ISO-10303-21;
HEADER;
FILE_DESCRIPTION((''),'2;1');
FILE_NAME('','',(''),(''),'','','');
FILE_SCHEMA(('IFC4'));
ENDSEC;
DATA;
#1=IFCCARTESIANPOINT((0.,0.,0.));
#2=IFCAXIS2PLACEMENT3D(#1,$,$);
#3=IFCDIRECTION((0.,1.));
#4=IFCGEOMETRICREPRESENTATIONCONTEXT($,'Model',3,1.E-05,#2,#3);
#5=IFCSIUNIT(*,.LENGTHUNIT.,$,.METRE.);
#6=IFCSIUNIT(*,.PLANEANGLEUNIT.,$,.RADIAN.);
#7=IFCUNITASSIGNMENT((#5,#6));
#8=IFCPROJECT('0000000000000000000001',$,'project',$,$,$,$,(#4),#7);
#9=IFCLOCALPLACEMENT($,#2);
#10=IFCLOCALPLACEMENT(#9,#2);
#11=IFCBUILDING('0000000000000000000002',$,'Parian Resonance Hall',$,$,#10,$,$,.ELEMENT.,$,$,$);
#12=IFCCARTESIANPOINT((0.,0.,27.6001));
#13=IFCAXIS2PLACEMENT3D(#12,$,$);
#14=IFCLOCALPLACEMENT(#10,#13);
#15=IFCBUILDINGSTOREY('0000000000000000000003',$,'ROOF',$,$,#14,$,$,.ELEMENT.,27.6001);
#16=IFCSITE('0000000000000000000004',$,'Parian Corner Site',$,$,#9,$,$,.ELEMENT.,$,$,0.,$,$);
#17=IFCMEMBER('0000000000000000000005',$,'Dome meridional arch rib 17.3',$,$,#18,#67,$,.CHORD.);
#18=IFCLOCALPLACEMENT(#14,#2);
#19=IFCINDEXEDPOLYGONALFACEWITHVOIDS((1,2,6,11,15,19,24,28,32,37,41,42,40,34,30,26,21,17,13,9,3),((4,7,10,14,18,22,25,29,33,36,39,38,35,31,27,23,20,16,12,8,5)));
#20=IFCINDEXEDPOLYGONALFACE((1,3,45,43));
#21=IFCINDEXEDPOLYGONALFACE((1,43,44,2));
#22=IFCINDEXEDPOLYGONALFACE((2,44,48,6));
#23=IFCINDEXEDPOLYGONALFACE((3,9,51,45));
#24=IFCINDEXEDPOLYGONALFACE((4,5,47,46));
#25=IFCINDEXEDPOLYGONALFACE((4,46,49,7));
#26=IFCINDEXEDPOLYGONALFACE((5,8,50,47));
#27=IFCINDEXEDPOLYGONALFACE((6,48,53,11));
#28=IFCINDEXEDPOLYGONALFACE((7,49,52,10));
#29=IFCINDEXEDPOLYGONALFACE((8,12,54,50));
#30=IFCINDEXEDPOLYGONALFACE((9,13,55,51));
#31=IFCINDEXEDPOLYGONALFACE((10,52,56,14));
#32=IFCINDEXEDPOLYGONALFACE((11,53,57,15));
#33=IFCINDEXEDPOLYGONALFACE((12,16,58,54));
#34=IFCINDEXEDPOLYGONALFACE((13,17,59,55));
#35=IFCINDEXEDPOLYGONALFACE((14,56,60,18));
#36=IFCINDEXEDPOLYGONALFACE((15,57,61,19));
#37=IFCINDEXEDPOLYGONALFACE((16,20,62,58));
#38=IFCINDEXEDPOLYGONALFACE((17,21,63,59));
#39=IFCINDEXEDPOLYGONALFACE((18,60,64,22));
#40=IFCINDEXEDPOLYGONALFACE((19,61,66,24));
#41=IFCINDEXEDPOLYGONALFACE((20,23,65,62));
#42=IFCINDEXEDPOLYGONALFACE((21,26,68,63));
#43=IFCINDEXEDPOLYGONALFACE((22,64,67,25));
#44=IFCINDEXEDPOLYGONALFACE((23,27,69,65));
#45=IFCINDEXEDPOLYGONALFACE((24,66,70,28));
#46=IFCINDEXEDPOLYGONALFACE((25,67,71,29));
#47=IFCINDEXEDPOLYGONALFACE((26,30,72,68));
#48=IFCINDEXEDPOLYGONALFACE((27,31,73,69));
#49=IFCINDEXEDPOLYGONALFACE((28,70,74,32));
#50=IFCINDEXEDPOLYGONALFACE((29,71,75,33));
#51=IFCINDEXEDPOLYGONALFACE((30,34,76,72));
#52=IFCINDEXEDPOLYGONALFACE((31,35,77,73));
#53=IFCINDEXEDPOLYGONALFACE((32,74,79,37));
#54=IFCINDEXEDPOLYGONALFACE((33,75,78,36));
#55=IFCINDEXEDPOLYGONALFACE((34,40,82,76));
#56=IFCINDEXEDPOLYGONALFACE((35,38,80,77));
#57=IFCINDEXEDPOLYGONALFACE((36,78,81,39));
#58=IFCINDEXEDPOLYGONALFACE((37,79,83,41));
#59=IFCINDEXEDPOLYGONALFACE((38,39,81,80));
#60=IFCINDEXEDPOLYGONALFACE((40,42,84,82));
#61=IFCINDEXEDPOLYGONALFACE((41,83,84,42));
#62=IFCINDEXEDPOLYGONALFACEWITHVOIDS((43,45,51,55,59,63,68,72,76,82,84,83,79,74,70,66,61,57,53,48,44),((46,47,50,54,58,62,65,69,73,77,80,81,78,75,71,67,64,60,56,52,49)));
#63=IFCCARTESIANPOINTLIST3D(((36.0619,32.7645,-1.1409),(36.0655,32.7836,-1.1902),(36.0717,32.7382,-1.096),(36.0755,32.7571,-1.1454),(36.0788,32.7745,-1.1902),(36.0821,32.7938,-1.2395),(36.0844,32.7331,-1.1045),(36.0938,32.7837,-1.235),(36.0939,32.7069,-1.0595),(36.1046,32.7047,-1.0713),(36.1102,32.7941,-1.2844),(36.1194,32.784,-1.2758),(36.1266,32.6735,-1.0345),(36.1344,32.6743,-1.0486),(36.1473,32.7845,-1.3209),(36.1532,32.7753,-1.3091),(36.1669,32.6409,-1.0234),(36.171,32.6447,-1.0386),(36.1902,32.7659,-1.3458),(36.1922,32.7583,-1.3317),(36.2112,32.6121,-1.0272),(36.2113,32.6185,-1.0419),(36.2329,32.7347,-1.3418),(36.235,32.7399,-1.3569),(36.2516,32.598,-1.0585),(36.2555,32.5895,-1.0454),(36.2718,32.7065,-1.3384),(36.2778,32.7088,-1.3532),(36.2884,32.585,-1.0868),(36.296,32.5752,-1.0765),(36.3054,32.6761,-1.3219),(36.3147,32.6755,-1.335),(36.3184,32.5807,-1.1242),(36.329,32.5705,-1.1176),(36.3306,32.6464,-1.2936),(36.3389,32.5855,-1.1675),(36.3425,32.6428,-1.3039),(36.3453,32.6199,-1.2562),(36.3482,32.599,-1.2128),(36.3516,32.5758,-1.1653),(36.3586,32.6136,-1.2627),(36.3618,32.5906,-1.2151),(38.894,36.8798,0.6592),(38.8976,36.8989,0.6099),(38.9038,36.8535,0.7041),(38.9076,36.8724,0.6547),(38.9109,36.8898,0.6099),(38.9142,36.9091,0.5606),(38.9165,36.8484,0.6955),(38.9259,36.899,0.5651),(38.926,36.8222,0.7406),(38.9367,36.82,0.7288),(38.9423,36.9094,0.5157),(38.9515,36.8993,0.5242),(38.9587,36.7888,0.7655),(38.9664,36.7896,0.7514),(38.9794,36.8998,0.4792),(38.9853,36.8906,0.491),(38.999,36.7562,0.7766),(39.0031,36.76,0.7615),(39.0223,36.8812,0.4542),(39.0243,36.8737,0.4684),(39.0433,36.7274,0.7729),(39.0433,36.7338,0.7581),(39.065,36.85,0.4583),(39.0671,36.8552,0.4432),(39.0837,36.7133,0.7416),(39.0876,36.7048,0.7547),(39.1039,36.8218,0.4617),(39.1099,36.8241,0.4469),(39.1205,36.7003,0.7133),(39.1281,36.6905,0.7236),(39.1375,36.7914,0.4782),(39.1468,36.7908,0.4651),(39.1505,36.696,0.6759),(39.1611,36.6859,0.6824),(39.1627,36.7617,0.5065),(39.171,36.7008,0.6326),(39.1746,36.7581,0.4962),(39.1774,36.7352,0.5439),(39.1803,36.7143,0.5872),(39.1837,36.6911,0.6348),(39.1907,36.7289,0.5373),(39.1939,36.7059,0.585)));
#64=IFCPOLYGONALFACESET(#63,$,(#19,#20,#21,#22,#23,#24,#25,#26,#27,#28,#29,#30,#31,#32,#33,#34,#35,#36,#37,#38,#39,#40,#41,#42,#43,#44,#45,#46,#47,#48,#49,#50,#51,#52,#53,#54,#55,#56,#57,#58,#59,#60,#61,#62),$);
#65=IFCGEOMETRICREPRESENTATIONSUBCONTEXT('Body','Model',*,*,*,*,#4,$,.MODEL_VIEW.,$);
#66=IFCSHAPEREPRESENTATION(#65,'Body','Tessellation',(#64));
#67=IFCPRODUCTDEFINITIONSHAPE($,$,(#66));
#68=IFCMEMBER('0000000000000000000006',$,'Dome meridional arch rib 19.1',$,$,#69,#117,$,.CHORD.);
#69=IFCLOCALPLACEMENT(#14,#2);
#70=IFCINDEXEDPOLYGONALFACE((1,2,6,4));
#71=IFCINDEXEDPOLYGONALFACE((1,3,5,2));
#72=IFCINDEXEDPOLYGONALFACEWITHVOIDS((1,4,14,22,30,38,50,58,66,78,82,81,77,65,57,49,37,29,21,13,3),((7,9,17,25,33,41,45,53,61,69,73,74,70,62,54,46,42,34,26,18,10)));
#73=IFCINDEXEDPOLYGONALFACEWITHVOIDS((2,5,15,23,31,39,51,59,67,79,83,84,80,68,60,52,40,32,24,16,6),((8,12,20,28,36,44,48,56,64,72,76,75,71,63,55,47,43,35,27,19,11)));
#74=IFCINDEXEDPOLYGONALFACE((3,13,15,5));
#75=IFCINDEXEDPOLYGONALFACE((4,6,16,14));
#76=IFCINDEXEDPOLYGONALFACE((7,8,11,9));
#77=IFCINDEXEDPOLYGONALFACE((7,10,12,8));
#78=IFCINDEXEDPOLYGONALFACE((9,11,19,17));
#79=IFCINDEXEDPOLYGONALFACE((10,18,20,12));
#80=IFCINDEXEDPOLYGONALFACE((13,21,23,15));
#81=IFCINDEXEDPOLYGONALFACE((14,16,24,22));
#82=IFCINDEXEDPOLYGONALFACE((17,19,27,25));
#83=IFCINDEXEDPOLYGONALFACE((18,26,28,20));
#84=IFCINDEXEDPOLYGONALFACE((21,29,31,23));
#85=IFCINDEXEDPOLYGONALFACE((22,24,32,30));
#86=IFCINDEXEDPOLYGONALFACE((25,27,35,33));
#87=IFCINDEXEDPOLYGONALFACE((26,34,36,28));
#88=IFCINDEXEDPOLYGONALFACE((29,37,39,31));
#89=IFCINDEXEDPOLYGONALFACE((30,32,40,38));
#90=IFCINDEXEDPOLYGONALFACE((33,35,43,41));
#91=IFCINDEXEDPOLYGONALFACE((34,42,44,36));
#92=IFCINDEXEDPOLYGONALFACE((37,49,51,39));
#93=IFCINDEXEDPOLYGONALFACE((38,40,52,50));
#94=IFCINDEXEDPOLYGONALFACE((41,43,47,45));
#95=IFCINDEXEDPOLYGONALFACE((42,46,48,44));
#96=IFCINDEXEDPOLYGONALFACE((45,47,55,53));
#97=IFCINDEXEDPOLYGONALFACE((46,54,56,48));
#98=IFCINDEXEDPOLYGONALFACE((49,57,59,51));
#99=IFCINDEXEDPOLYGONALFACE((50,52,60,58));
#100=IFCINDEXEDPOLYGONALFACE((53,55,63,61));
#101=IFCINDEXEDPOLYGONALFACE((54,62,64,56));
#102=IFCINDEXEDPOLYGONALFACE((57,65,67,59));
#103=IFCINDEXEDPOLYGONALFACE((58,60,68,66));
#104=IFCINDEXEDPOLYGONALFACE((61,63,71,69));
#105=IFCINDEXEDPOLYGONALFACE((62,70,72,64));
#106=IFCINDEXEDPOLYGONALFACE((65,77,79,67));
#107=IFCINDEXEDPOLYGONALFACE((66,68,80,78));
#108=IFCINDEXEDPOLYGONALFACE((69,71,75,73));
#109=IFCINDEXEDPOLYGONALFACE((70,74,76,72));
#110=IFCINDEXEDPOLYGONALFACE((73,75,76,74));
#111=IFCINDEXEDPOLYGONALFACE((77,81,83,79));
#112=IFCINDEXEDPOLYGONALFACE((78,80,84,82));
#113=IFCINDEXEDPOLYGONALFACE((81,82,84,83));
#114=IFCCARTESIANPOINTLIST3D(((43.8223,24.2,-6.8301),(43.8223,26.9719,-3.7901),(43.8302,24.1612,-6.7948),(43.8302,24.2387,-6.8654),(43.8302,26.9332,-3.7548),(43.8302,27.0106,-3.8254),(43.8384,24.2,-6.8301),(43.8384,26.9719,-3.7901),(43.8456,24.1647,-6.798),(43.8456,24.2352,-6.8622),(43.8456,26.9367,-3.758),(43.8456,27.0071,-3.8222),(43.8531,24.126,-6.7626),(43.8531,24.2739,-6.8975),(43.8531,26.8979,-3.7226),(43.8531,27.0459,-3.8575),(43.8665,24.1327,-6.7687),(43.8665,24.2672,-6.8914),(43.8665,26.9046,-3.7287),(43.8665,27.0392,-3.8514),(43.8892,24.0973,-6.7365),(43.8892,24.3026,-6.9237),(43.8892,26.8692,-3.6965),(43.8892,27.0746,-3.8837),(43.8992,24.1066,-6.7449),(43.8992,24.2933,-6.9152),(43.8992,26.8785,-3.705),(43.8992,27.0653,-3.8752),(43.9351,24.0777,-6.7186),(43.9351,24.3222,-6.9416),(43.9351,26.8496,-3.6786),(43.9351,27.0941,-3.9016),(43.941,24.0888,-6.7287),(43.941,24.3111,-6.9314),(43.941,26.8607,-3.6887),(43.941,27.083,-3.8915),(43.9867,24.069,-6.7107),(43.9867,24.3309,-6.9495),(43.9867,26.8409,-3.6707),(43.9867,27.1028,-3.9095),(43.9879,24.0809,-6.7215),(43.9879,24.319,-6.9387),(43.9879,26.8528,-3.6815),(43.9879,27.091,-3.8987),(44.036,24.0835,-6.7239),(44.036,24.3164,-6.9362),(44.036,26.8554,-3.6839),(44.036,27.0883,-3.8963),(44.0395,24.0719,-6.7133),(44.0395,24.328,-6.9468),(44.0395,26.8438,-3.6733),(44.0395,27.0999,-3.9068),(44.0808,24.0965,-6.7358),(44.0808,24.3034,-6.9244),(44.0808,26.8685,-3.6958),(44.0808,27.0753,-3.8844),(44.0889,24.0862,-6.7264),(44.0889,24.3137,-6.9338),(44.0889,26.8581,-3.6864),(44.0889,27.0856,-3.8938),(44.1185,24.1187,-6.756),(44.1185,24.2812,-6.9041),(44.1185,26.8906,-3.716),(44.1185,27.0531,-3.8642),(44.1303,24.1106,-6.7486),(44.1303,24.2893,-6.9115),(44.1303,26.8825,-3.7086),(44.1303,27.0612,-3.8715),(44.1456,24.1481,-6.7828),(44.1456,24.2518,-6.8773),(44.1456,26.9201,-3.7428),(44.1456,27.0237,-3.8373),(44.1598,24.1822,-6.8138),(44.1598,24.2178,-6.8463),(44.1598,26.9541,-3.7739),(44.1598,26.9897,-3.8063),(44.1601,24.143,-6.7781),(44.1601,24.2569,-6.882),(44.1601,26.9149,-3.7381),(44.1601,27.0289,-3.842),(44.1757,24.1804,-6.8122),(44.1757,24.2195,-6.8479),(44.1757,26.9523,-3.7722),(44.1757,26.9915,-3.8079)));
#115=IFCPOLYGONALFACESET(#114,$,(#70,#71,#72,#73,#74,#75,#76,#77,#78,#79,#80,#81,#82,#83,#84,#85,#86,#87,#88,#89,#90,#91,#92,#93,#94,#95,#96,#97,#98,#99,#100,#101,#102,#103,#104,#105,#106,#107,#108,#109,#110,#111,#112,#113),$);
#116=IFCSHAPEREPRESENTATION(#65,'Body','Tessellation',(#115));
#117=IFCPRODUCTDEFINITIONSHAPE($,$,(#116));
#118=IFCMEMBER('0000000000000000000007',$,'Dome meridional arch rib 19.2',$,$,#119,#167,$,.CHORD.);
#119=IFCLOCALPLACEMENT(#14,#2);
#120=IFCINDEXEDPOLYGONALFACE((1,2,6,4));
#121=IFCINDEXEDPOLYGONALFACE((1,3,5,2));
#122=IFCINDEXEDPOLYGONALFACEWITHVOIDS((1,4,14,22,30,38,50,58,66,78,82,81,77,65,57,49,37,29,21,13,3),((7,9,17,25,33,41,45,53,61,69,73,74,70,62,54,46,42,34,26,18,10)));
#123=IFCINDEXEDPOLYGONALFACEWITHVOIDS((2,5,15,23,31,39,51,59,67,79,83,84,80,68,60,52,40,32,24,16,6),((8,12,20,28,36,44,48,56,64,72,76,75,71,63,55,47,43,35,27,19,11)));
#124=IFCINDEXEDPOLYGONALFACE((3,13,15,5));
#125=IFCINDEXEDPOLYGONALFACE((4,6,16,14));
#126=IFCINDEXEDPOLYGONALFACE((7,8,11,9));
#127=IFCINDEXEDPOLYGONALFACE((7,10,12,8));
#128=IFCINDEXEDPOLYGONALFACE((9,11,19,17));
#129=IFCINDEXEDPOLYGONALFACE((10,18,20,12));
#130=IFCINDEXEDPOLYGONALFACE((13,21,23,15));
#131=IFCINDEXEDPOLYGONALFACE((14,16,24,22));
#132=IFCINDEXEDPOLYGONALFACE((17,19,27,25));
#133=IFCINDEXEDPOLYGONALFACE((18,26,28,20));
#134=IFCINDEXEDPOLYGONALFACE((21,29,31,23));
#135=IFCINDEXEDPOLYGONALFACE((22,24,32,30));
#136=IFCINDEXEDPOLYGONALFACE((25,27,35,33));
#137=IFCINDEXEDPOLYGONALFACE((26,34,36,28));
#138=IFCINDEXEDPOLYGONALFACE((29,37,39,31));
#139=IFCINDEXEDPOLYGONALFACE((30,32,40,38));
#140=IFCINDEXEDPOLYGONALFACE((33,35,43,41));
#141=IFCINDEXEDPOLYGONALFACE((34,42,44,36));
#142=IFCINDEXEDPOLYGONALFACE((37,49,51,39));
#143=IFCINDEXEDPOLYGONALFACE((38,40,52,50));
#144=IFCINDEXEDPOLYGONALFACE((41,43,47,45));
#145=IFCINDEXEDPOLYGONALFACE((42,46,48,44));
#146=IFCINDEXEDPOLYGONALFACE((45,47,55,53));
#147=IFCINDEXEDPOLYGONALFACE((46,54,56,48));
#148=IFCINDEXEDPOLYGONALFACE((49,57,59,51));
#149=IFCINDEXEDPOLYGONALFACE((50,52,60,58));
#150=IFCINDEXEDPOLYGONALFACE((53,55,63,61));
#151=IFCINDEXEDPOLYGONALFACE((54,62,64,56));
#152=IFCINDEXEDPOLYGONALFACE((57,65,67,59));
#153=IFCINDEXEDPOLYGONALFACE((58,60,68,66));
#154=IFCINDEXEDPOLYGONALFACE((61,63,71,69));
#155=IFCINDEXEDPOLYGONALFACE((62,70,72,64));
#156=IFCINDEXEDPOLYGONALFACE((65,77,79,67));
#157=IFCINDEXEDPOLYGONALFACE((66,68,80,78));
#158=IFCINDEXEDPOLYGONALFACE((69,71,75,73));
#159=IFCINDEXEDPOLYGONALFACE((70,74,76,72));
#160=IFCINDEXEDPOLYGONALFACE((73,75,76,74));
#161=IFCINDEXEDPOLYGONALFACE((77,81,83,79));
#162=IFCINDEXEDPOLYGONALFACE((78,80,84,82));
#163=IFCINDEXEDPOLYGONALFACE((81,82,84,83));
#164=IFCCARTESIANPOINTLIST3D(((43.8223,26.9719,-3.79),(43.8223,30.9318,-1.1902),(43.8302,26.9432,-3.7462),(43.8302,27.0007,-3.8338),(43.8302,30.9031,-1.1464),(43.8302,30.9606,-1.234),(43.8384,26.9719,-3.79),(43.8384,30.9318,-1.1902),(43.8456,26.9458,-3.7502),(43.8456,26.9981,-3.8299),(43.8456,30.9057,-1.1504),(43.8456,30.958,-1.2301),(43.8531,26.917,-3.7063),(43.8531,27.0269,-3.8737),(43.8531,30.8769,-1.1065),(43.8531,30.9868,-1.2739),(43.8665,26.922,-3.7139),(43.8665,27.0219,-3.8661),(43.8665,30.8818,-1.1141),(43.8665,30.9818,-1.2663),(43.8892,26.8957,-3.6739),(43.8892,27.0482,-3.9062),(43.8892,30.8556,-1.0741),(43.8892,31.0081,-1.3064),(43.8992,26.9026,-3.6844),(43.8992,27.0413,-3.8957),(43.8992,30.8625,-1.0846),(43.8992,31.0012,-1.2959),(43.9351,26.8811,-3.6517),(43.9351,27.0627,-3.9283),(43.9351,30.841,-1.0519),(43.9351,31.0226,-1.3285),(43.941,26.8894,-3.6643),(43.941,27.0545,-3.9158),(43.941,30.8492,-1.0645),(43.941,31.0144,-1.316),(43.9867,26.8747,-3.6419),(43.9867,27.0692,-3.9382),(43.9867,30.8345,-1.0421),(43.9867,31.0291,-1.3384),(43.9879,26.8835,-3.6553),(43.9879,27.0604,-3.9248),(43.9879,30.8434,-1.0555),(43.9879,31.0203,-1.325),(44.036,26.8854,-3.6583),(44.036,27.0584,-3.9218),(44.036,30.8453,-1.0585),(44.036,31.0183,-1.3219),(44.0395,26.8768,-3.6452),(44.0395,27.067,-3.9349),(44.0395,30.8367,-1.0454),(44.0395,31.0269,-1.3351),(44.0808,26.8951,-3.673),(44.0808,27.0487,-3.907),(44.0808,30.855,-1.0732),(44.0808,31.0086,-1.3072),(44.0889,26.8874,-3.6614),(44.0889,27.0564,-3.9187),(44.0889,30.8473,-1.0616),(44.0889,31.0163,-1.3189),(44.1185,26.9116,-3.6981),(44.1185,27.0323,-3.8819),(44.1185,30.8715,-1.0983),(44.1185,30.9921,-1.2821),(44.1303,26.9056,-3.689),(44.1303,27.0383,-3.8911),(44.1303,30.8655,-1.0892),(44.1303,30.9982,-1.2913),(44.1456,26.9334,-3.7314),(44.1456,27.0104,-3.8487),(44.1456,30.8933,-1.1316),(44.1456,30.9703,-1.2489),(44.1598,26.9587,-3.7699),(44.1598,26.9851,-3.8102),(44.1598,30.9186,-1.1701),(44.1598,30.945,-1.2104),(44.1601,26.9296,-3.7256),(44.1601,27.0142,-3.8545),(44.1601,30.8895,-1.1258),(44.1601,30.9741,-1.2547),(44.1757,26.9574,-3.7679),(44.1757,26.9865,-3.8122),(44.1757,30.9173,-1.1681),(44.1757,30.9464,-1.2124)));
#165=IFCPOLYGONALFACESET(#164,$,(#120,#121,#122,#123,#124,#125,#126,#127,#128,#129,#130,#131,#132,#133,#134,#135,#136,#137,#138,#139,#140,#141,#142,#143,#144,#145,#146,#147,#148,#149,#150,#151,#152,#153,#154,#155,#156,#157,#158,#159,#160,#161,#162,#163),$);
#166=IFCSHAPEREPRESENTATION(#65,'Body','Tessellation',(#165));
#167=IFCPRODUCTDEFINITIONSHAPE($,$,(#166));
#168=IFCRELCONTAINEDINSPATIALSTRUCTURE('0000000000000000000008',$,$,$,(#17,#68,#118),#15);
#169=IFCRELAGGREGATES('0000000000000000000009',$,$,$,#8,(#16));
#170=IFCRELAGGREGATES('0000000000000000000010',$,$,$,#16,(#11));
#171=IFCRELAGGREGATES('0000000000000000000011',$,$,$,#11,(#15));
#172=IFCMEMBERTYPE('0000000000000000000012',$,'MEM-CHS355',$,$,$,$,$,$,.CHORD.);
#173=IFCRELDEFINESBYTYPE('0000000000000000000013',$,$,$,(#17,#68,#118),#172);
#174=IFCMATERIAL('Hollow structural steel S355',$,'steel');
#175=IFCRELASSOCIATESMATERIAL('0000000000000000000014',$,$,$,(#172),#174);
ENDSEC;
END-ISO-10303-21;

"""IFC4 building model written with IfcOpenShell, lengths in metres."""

from ifc_helpers import new_model, si_unit, direction, frame, origin, origin_2d, place, context, subcontext, project, spatial, hollow_circle, extrude, material, material_profile, profile_set, type_object, element, save


model = new_model("IFC4")

# Units and contexts
model_context = context("Model", 3, precision=1e-05, world=origin(), true_north=direction((0.0, 1.0)))
body_context = subcontext(model_context, "Body", "Model", "MODEL_VIEW")
ifc_project = project(units=[si_unit("LENGTHUNIT", "METRE"), si_unit("PLANEANGLEUNIT", "RADIAN")], contexts=[model_context])

# Site, building, storey
site_placement = place(None, origin())
site = spatial("IfcSite", under=ifc_project, at=site_placement, Name="Parian Corner Site", CompositionType="ELEMENT", RefElevation=0.0)
building_placement = place(site_placement, origin())
building = spatial("IfcBuilding", under=site, at=building_placement, Name="Parian Resonance Hall", CompositionType="ELEMENT")
storey_placement = place(building_placement, frame((0.0, 0.0, 27.6001)))
storey = spatial("IfcBuildingStorey", under=building, at=storey_placement, Name="ROOF", CompositionType="ELEMENT", Elevation=27.6001)

# Members
ifc_material_1 = material(Name="Hollow structural steel S355", Category="steel")
ifc_material_profile_1 = material_profile(ifc_material_1, hollow_circle(Radius=0.1777, WallThickness=0.0161, at=origin_2d()), Name="CHS355.6x16")
ifc_profile_set_1 = profile_set([ifc_material_profile_1], Name="Hollow structural steel S355")
member_type_1 = type_object("IfcMemberType", Name="MEM-CHS355", PredefinedType="CHORD", material=ifc_profile_set_1)
member_1_placement = place(storey_placement, frame((36.2119, 32.6829, -1.1902), z_axis=(0.533343, 0.775002, 0.338994), x_axis=(-0.823779, 0.56691, 0.0)))
element("IfcMember", 1, at=member_1_placement, inside=storey, type_object=member_type_1, Name="Dome meridional arch rib 17.3", PredefinedType="CHORD", context=body_context, shape_type="SweptSolid", body=[
    extrude(hollow_circle(Radius=0.1777, WallThickness=0.0161, at=origin_2d()), origin(), (0.0, 0.0, 1.0), 5.3101),
])
member_2_placement = place(storey_placement, frame((44.0, 24.2, -6.8301), z_axis=(0.0, 0.673777, 0.738935), x_axis=(-1.0, 0.0, 0.0)))
element("IfcMember", 2, at=member_2_placement, inside=storey, type_object=member_type_1, Name="Dome meridional arch rib 19.1", PredefinedType="CHORD", context=body_context, shape_type="SweptSolid", body=[
    extrude(hollow_circle(Radius=0.1777, WallThickness=0.0161, at=origin_2d()), origin(), (0.0, 0.0, 1.0), 4.114),
])
member_3_placement = place(storey_placement, frame((44.0, 26.9719, -3.79), z_axis=(0.0, 0.835939, 0.548823), x_axis=(-1.0, 0.0, 0.0)))
element("IfcMember", 3, at=member_3_placement, inside=storey, type_object=member_type_1, Name="Dome meridional arch rib 19.2", PredefinedType="CHORD", context=body_context, shape_type="SweptSolid", body=[
    extrude(hollow_circle(Radius=0.1777, WallThickness=0.0161, at=origin_2d()), origin(), (0.0, 0.0, 1.0), 4.7371),
])

save(model, "model.ifc")
